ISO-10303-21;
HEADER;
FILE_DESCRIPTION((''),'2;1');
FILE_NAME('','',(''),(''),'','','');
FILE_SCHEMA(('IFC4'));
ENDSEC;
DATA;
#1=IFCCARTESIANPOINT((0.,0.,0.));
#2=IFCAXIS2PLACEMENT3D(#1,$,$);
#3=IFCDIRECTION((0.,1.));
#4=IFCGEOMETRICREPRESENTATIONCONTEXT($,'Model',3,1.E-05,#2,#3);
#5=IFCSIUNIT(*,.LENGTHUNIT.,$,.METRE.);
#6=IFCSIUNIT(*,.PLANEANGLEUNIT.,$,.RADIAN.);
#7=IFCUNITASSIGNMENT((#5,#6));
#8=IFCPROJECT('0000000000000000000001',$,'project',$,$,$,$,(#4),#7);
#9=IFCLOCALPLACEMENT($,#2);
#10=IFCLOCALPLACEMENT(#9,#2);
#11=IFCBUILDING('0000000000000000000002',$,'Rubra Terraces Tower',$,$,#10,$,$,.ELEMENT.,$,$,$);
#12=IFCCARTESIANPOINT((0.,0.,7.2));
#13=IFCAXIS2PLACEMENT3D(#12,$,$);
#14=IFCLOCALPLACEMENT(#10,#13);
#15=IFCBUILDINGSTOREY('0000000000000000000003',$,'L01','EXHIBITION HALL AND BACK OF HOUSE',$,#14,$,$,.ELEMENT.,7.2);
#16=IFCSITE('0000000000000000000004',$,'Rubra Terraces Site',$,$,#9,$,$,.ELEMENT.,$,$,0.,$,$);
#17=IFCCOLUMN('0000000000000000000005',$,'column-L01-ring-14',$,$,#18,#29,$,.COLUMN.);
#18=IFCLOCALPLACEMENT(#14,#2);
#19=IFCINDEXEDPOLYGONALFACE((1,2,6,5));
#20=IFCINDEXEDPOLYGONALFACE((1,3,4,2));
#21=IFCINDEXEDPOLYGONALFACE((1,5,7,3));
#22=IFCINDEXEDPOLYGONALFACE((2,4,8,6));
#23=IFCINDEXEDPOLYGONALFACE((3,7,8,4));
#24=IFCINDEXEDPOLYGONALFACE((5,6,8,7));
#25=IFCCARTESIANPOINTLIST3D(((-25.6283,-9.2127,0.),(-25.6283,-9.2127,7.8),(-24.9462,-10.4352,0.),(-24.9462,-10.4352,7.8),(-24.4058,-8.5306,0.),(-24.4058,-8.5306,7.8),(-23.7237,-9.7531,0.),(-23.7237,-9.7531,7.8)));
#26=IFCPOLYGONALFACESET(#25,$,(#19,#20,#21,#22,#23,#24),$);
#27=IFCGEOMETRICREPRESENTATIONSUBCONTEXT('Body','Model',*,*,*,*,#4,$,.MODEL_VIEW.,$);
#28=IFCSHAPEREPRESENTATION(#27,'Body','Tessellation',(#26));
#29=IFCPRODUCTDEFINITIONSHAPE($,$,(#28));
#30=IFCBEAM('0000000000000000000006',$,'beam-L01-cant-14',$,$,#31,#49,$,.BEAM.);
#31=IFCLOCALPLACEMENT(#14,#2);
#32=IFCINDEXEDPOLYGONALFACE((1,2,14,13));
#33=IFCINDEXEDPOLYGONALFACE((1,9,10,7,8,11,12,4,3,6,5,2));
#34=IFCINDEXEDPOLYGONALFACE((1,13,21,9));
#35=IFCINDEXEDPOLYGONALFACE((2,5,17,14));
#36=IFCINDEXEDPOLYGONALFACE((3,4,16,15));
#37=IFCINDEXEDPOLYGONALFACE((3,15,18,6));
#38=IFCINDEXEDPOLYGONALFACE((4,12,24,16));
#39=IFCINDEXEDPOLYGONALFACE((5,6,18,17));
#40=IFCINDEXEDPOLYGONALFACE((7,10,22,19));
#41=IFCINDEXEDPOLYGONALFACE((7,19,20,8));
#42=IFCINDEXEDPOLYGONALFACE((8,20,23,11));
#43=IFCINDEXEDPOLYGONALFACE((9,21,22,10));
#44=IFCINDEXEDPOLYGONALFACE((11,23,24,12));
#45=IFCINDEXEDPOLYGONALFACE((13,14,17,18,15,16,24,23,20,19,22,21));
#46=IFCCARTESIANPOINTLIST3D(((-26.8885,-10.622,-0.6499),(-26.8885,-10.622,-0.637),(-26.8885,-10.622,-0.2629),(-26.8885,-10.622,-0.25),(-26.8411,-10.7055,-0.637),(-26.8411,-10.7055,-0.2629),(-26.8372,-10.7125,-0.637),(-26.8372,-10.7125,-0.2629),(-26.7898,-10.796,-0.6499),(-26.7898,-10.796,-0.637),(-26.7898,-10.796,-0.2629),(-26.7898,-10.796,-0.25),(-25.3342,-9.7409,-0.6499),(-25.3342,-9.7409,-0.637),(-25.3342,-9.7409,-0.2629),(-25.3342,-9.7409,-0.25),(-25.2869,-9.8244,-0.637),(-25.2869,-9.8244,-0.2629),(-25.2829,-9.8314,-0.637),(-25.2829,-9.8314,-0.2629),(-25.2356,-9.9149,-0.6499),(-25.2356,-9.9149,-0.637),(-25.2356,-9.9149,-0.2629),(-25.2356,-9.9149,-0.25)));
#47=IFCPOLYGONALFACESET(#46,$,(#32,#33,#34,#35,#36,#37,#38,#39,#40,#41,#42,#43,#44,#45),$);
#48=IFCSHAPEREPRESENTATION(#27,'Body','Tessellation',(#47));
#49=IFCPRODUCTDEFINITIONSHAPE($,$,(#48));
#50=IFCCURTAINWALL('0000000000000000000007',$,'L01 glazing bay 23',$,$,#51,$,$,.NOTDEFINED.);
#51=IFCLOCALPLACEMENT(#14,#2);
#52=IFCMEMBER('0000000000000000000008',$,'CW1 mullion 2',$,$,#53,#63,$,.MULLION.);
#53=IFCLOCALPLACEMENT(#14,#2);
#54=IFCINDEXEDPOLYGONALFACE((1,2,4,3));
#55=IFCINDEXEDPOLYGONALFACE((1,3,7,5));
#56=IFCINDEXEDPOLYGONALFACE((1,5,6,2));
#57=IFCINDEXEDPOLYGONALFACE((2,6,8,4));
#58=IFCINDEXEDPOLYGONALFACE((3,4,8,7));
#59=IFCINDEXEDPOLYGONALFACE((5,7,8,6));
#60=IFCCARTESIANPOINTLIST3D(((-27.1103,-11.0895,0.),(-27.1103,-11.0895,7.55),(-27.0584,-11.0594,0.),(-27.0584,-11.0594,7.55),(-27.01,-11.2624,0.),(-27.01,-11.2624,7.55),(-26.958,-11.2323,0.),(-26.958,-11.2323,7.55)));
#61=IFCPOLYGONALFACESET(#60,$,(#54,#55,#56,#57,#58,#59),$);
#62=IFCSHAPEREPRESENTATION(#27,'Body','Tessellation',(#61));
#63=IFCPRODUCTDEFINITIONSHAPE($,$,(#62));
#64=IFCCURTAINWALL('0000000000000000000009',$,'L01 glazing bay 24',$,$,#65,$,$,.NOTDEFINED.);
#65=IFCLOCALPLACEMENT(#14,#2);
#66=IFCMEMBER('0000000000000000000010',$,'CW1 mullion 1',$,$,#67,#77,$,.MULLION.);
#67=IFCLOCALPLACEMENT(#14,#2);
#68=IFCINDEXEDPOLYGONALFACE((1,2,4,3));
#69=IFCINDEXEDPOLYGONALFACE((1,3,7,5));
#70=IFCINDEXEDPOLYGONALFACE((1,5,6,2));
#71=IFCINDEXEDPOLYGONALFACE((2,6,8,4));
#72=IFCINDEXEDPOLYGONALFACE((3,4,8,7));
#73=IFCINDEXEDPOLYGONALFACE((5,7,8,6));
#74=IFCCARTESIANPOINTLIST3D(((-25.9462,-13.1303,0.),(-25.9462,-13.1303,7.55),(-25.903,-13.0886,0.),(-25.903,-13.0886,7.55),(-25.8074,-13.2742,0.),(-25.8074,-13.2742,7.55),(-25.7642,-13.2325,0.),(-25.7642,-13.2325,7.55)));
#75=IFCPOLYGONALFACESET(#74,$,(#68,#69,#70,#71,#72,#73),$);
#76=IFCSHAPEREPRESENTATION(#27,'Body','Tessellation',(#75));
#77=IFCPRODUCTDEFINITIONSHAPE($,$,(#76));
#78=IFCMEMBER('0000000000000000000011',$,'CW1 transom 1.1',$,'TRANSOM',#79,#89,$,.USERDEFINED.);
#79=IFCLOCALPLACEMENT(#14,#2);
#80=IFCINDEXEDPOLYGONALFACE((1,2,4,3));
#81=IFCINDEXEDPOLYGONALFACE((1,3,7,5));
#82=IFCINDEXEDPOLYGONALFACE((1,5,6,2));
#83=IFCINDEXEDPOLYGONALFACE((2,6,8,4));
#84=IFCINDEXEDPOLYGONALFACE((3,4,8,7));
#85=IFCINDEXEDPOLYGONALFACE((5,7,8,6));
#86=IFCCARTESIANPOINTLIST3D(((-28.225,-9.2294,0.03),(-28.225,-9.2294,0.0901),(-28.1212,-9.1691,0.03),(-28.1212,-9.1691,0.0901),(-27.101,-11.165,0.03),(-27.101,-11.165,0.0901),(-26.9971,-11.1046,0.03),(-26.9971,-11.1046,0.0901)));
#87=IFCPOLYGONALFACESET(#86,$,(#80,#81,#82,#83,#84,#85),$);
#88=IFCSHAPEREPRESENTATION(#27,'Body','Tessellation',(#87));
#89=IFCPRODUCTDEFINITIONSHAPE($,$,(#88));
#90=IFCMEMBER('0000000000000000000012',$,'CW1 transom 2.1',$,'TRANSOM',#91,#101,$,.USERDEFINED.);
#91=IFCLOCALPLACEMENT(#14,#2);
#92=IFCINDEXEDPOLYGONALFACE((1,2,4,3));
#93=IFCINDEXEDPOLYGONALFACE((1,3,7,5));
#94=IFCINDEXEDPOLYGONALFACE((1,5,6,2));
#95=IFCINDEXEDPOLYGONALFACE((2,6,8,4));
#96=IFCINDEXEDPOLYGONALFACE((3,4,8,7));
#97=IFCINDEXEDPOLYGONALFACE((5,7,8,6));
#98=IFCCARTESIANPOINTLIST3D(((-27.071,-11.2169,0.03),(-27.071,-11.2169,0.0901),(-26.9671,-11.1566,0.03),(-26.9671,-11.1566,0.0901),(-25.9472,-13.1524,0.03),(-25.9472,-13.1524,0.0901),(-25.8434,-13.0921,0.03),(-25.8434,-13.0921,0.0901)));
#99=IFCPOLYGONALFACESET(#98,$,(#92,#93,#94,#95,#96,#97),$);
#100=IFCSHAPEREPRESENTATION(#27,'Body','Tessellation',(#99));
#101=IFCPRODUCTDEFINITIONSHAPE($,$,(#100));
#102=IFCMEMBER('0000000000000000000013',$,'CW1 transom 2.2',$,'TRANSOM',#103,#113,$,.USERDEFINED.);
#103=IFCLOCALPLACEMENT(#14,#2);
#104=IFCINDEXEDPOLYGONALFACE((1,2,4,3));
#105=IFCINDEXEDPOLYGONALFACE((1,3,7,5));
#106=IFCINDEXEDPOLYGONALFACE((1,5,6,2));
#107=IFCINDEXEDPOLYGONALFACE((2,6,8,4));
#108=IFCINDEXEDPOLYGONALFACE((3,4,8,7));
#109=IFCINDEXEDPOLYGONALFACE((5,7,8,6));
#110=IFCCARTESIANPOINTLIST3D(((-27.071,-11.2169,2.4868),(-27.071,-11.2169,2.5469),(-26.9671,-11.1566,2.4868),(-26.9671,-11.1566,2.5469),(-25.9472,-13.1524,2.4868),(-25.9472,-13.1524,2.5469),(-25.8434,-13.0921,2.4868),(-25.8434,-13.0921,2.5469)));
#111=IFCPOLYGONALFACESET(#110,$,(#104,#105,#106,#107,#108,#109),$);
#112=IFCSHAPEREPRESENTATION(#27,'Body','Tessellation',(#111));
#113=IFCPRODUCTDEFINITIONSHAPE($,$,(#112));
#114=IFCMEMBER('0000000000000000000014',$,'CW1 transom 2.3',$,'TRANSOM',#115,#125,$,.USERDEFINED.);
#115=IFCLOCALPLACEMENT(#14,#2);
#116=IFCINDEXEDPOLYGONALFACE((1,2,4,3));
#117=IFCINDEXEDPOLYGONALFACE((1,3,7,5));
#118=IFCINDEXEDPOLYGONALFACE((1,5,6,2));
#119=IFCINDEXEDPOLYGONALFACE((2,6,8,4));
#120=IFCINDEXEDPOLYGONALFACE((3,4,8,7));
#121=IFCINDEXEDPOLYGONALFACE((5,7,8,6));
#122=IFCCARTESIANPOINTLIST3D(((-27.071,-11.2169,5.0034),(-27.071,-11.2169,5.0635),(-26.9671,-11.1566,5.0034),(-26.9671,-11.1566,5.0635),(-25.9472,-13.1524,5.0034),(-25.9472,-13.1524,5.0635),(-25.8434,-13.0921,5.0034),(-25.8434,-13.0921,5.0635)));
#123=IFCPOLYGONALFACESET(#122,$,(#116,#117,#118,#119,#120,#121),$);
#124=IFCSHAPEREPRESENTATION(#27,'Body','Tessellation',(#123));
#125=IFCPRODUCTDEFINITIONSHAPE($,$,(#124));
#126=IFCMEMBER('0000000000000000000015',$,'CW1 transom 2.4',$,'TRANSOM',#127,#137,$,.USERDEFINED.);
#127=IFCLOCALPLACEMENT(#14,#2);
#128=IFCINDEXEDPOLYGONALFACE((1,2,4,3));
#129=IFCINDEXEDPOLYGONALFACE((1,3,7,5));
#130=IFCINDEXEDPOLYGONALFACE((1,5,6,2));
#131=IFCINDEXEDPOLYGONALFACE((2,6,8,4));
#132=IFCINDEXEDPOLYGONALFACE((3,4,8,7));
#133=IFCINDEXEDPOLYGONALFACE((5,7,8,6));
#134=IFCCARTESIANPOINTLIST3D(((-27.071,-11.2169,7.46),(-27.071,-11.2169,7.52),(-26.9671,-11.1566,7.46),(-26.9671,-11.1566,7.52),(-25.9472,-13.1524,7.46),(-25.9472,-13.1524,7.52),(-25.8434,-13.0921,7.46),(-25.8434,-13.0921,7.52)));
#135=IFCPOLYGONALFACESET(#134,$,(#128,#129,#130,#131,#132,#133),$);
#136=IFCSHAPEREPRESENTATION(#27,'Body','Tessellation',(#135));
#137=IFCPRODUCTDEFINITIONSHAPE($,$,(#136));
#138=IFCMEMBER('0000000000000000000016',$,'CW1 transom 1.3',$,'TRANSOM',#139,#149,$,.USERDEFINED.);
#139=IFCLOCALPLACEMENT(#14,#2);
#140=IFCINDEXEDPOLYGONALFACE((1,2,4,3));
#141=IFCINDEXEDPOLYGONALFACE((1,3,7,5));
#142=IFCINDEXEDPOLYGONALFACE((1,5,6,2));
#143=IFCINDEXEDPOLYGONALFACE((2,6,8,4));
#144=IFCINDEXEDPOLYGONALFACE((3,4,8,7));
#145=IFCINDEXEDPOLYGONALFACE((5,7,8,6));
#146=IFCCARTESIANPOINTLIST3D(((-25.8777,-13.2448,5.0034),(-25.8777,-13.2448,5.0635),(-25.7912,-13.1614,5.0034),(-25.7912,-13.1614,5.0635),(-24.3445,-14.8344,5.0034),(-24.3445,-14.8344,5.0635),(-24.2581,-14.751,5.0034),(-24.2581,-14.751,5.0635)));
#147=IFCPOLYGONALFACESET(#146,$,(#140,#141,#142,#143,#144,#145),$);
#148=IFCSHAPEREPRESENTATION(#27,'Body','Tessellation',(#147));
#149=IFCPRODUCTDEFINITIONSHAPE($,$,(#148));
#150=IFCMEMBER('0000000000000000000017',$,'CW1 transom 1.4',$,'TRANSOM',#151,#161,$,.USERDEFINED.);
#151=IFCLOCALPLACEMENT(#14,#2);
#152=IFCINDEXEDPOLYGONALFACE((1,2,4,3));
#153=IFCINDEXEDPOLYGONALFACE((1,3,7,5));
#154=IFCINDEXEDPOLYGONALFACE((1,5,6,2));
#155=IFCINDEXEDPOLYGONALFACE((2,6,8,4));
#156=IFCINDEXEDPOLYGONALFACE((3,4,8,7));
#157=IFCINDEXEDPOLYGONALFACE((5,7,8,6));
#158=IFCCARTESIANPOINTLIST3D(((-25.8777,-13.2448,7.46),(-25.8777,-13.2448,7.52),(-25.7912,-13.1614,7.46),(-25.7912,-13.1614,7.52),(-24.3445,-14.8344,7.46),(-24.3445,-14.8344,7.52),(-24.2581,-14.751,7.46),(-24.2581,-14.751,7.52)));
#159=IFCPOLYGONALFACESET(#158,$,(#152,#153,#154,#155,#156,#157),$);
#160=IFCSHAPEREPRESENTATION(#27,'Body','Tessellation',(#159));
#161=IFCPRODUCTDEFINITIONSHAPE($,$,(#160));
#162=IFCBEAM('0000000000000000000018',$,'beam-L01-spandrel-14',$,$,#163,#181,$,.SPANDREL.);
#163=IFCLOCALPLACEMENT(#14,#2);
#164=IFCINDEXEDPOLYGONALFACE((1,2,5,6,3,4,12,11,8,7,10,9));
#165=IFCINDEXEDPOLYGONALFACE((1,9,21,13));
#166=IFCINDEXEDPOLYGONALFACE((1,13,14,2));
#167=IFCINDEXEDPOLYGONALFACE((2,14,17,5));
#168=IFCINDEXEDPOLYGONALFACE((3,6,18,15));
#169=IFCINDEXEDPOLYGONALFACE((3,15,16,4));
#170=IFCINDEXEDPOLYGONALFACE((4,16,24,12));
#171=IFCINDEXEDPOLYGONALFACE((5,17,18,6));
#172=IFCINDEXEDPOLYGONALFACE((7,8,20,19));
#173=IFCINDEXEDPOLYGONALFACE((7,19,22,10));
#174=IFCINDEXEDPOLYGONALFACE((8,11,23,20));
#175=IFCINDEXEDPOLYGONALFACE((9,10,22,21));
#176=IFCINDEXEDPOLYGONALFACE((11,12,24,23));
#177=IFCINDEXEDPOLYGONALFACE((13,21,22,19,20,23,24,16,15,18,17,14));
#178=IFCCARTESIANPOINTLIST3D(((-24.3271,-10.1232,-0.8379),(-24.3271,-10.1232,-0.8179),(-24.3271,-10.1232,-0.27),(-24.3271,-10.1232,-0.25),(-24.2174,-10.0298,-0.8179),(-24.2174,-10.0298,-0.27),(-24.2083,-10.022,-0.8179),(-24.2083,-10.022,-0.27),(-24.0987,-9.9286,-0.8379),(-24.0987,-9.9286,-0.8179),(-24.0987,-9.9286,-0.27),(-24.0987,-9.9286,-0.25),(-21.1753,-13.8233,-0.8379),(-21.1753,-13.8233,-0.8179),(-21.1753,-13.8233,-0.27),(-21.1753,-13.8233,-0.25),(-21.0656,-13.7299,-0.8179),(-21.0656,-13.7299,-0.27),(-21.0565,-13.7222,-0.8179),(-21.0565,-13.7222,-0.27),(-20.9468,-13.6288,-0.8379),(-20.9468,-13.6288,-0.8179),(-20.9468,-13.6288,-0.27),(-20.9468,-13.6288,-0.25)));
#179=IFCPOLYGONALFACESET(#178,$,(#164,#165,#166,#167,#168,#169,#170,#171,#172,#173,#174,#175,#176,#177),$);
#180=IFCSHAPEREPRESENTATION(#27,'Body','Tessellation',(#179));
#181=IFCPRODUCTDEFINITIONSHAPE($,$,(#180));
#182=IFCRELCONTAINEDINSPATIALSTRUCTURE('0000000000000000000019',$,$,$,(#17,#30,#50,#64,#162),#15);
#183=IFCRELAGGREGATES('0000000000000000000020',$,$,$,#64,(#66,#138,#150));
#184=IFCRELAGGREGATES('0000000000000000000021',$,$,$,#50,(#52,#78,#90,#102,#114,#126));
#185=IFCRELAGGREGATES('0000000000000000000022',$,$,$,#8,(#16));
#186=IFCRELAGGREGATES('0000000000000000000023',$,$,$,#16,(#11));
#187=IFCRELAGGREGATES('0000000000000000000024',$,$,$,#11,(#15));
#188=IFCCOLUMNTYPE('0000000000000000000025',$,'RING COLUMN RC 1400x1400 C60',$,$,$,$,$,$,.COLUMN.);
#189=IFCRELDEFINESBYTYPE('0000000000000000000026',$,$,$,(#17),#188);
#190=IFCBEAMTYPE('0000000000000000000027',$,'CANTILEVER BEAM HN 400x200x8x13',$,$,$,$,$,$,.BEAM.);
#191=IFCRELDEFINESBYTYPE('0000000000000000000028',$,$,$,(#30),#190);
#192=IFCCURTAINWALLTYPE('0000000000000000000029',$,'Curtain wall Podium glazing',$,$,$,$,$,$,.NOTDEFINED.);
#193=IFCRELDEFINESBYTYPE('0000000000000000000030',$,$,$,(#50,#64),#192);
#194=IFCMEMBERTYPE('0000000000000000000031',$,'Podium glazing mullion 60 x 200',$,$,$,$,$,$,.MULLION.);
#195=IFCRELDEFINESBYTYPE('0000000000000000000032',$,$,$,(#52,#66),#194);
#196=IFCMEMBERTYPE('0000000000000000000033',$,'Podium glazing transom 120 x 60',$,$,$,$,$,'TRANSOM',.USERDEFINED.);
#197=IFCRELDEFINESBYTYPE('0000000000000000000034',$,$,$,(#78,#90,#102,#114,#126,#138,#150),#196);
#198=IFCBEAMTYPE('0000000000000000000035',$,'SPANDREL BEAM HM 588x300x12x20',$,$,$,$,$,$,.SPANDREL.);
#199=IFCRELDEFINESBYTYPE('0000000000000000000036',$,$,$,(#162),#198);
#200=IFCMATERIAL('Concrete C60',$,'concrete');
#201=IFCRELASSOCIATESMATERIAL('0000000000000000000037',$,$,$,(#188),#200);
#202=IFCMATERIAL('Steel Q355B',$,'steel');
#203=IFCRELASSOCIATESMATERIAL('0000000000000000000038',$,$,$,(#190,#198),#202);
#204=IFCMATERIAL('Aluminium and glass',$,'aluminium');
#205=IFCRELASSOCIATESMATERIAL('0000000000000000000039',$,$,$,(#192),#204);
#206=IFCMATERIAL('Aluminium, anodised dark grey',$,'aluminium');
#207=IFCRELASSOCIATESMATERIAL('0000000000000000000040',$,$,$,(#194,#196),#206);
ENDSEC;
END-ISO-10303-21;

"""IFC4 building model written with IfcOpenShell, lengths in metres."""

from ifc_helpers import new_model, si_unit, direction, frame, origin, origin_2d, place, context, subcontext, project, spatial, rectangle, i_section, extrude, material, material_profile, profile_set, type_object, element, aggregate, save


model = new_model("IFC4")

# Units and contexts
model_context = context("Model", 3, precision=1e-05, world=origin(), true_north=direction((0.0, 1.0)))
body_context = subcontext(model_context, "Body", "Model", "MODEL_VIEW")
ifc_project = project(units=[si_unit("LENGTHUNIT", "METRE"), si_unit("PLANEANGLEUNIT", "RADIAN")], contexts=[model_context])

# Site, building, storey
site_placement = place(None, origin())
site = spatial("IfcSite", under=ifc_project, at=site_placement, Name="Rubra Terraces Site", CompositionType="ELEMENT", RefElevation=0.0)
building_placement = place(site_placement, origin())
building = spatial("IfcBuilding", under=site, at=building_placement, Name="Rubra Terraces Tower", CompositionType="ELEMENT")
storey_placement = place(building_placement, frame((0.0, 0.0, 7.2)))
storey = spatial("IfcBuildingStorey", under=building, at=storey_placement, Name="L01", Description="EXHIBITION HALL AND BACK OF HOUSE", CompositionType="ELEMENT", Elevation=7.2)

# Column
ifc_material_1 = material(Name="Concrete C60", Category="concrete")
ifc_material_profile_1 = material_profile(ifc_material_1, rectangle(XDim=1.3999, YDim=1.3999, at=origin_2d()), Name="RC 1400x1400")
ifc_profile_set_1 = profile_set([ifc_material_profile_1], Name="Concrete C60")
column_type = type_object("IfcColumnType", Name="RING COLUMN RC 1400x1400 C60", PredefinedType="COLUMN", material=ifc_profile_set_1)
column_placement = place(storey_placement, frame((-24.676, -9.4829, 0.0), z_axis=(0.0, 0.0, 1.0), x_axis=(0.487227, -0.873276, 0.0)))
element("IfcColumn", 1, at=column_placement, inside=storey, type_object=column_type, Name="column-L01-ring-14", PredefinedType="COLUMN", context=body_context, shape_type="SweptSolid", body=[
    extrude(rectangle(XDim=1.3999, YDim=1.3999, at=origin_2d()), origin(), (0.0, 0.0, 1.0), 7.8),
])

# Beam
ifc_material_2 = material(Name="Steel Q355B", Category="steel")
ifc_material_profile_2 = material_profile(ifc_material_2, i_section(OverallWidth=0.2, OverallDepth=0.3999, WebThickness=0.0081, FlangeThickness=0.0129, at=origin_2d()), Name="HN 400x200x8x13")
ifc_profile_set_2 = profile_set([ifc_material_profile_2], Name="Steel Q355B")
beam_type_1 = type_object("IfcBeamType", Name="CANTILEVER BEAM HN 400x200x8x13", PredefinedType="BEAM", material=ifc_profile_set_2)
beam_1_placement = place(storey_placement, frame((-25.2849, -9.8279, -0.45), z_axis=(-0.869928, -0.493178, 0.0), x_axis=(0.493178, -0.869928, 0.0)))
element("IfcBeam", 2, at=beam_1_placement, inside=storey, type_object=beam_type_1, Name="beam-L01-cant-14", PredefinedType="BEAM", context=body_context, shape_type="SweptSolid", body=[
    extrude(i_section(OverallWidth=0.2, OverallDepth=0.3999, WebThickness=0.0081, FlangeThickness=0.0129, at=origin_2d()), origin(), (0.0, 0.0, 1.0), 1.7866),
])

# Curtain walls, members
ifc_material_3 = material(Name="Aluminium and glass", Category="aluminium")
curtain_wall_type = type_object("IfcCurtainWallType", Name="Curtain wall Podium glazing", PredefinedType="NOTDEFINED", material=ifc_material_3)
curtain_wall_1_placement = place(storey_placement, origin())
curtain_wall_1 = element("IfcCurtainWall", 3, at=curtain_wall_1_placement, inside=storey, type_object=curtain_wall_type, Name="L01 glazing bay 23", PredefinedType="NOTDEFINED")
ifc_material_4 = material(Name="Aluminium, anodised dark grey", Category="aluminium")
ifc_material_profile_3 = material_profile(ifc_material_4, rectangle(XDim=0.0601, YDim=0.2, at=origin_2d()), Name="AL 60x200")
ifc_profile_set_3 = profile_set([ifc_material_profile_3], Name="Aluminium, anodised dark grey")
member_type_1 = type_object("IfcMemberType", Name="Podium glazing mullion 60 x 200", PredefinedType="MULLION", material=ifc_profile_set_3)
member_1_placement = place(storey_placement, frame((-27.0342, -11.1609, 0.0), z_axis=(0.0, 0.0, 1.0), x_axis=(0.864813, 0.502094, 0.0)))
member_1 = element("IfcMember", 4, at=member_1_placement, type_object=member_type_1, Name="CW1 mullion 2", PredefinedType="MULLION", context=body_context, shape_type="SweptSolid", body=[
    extrude(rectangle(XDim=0.0601, YDim=0.2, at=origin_2d()), origin(), (0.0, 0.0, 1.0), 7.55),
])
curtain_wall_2_placement = place(storey_placement, origin())
curtain_wall_2 = element("IfcCurtainWall", 5, at=curtain_wall_2_placement, inside=storey, type_object=curtain_wall_type, Name="L01 glazing bay 24", PredefinedType="NOTDEFINED")
member_2_placement = place(storey_placement, frame((-25.8552, -13.1814, 0.0), z_axis=(0.0, 0.0, 1.0), x_axis=(0.719825, 0.694156, 0.0)))
member_2 = element("IfcMember", 6, at=member_2_placement, type_object=member_type_1, Name="CW1 mullion 1", PredefinedType="MULLION", context=body_context, shape_type="SweptSolid", body=[
    extrude(rectangle(XDim=0.0601, YDim=0.2, at=origin_2d()), origin(), (0.0, 0.0, 1.0), 7.55),
])

# Members
ifc_material_profile_4 = material_profile(ifc_material_4, rectangle(XDim=0.1201, YDim=0.0601, at=origin_2d()), Name="AL 120x60")
ifc_profile_set_4 = profile_set([ifc_material_profile_4], Name="Aluminium, anodised dark grey")
member_type_2 = type_object("IfcMemberType", Name="Podium glazing transom 120 x 60", ElementType="TRANSOM", PredefinedType="USERDEFINED", material=ifc_profile_set_4)
member_3_placement = place(storey_placement, frame((-28.1731, -9.1992, 0.0601), z_axis=(0.502188, -0.864758, 0.0), x_axis=(0.864758, 0.502188, 0.0)))
member_3 = element("IfcMember", 7, at=member_3_placement, type_object=member_type_2, Name="CW1 transom 1.1", ObjectType="TRANSOM", PredefinedType="USERDEFINED", context=body_context, shape_type="SweptSolid", body=[
    extrude(rectangle(XDim=0.1201, YDim=0.0601, at=origin_2d()), origin(), (0.0, 0.0, 1.0), 2.2383),
])
member_4_placement = place(storey_placement, frame((-27.019, -11.1868, 0.0601), z_axis=(0.502107, -0.864806, 0.0), x_axis=(0.864806, 0.502107, 0.0)))
member_4 = element("IfcMember", 8, at=member_4_placement, type_object=member_type_2, Name="CW1 transom 2.1", ObjectType="TRANSOM", PredefinedType="USERDEFINED", context=body_context, shape_type="SweptSolid", body=[
    extrude(rectangle(XDim=0.1201, YDim=0.0601, at=origin_2d()), origin(), (0.0, 0.0, 1.0), 2.238),
])
member_5_placement = place(storey_placement, frame((-27.019, -11.1868, 2.5168), z_axis=(0.502107, -0.864806, 0.0), x_axis=(0.864806, 0.502107, 0.0)))
member_5 = element("IfcMember", 9, at=member_5_placement, type_object=member_type_2, Name="CW1 transom 2.2", ObjectType="TRANSOM", PredefinedType="USERDEFINED", context=body_context, shape_type="SweptSolid", body=[
    extrude(rectangle(XDim=0.1201, YDim=0.0601, at=origin_2d()), origin(), (0.0, 0.0, 1.0), 2.238),
])
member_6_placement = place(storey_placement, frame((-27.019, -11.1868, 5.0334), z_axis=(0.502107, -0.864806, 0.0), x_axis=(0.864806, 0.502107, 0.0)))
member_6 = element("IfcMember", 10, at=member_6_placement, type_object=member_type_2, Name="CW1 transom 2.3", ObjectType="TRANSOM", PredefinedType="USERDEFINED", context=body_context, shape_type="SweptSolid", body=[
    extrude(rectangle(XDim=0.1201, YDim=0.0601, at=origin_2d()), origin(), (0.0, 0.0, 1.0), 2.238),
])
member_7_placement = place(storey_placement, frame((-27.019, -11.1868, 7.49), z_axis=(0.502107, -0.864806, 0.0), x_axis=(0.864806, 0.502107, 0.0)))
member_7 = element("IfcMember", 11, at=member_7_placement, type_object=member_type_2, Name="CW1 transom 2.4", ObjectType="TRANSOM", PredefinedType="USERDEFINED", context=body_context, shape_type="SweptSolid", body=[
    extrude(rectangle(XDim=0.1201, YDim=0.0601, at=origin_2d()), origin(), (0.0, 0.0, 1.0), 2.238),
])
member_8_placement = place(storey_placement, frame((-25.8345, -13.2031, 5.0334), z_axis=(0.694224, -0.719759, 0.0), x_axis=(0.719759, 0.694224, 0.0)))
member_8 = element("IfcMember", 12, at=member_8_placement, type_object=member_type_2, Name="CW1 transom 1.3", ObjectType="TRANSOM", PredefinedType="USERDEFINED", context=body_context, shape_type="SweptSolid", body=[
    extrude(rectangle(XDim=0.1201, YDim=0.0601, at=origin_2d()), origin(), (0.0, 0.0, 1.0), 2.2085),
])
member_9_placement = place(storey_placement, frame((-25.8345, -13.2031, 7.49), z_axis=(0.694224, -0.719759, 0.0), x_axis=(0.719759, 0.694224, 0.0)))
member_9 = element("IfcMember", 13, at=member_9_placement, type_object=member_type_2, Name="CW1 transom 1.4", ObjectType="TRANSOM", PredefinedType="USERDEFINED", context=body_context, shape_type="SweptSolid", body=[
    extrude(rectangle(XDim=0.1201, YDim=0.0601, at=origin_2d()), origin(), (0.0, 0.0, 1.0), 2.2085),
])
aggregate(curtain_wall_2, [member_2, member_8, member_9])

# Beam
ifc_material_profile_5 = material_profile(ifc_material_2, i_section(OverallWidth=0.3, OverallDepth=0.5879, WebThickness=0.012, FlangeThickness=0.02, at=origin_2d()), Name="HM 588x300x12x20")
ifc_profile_set_5 = profile_set([ifc_material_profile_5], Name="Steel Q355B")
beam_type_2 = type_object("IfcBeamType", Name="SPANDREL BEAM HM 588x300x12x20", PredefinedType="SPANDREL", material=ifc_profile_set_5)
beam_2_placement = place(storey_placement, frame((-24.2129, -10.0259, -0.5439), z_axis=(0.648447, -0.76126, 0.0), x_axis=(0.76126, 0.648447, 0.0)))
element("IfcBeam", 14, at=beam_2_placement, inside=storey, type_object=beam_type_2, Name="beam-L01-spandrel-14", PredefinedType="SPANDREL", context=body_context, shape_type="SweptSolid", body=[
    extrude(i_section(OverallWidth=0.3, OverallDepth=0.5879, WebThickness=0.012, FlangeThickness=0.02, at=origin_2d()), origin(), (0.0, 0.0, 1.0), 4.8606),
])

aggregate(curtain_wall_1, [member_1, member_3, member_4, member_5, member_6, member_7])

save(model, "model.ifc")
